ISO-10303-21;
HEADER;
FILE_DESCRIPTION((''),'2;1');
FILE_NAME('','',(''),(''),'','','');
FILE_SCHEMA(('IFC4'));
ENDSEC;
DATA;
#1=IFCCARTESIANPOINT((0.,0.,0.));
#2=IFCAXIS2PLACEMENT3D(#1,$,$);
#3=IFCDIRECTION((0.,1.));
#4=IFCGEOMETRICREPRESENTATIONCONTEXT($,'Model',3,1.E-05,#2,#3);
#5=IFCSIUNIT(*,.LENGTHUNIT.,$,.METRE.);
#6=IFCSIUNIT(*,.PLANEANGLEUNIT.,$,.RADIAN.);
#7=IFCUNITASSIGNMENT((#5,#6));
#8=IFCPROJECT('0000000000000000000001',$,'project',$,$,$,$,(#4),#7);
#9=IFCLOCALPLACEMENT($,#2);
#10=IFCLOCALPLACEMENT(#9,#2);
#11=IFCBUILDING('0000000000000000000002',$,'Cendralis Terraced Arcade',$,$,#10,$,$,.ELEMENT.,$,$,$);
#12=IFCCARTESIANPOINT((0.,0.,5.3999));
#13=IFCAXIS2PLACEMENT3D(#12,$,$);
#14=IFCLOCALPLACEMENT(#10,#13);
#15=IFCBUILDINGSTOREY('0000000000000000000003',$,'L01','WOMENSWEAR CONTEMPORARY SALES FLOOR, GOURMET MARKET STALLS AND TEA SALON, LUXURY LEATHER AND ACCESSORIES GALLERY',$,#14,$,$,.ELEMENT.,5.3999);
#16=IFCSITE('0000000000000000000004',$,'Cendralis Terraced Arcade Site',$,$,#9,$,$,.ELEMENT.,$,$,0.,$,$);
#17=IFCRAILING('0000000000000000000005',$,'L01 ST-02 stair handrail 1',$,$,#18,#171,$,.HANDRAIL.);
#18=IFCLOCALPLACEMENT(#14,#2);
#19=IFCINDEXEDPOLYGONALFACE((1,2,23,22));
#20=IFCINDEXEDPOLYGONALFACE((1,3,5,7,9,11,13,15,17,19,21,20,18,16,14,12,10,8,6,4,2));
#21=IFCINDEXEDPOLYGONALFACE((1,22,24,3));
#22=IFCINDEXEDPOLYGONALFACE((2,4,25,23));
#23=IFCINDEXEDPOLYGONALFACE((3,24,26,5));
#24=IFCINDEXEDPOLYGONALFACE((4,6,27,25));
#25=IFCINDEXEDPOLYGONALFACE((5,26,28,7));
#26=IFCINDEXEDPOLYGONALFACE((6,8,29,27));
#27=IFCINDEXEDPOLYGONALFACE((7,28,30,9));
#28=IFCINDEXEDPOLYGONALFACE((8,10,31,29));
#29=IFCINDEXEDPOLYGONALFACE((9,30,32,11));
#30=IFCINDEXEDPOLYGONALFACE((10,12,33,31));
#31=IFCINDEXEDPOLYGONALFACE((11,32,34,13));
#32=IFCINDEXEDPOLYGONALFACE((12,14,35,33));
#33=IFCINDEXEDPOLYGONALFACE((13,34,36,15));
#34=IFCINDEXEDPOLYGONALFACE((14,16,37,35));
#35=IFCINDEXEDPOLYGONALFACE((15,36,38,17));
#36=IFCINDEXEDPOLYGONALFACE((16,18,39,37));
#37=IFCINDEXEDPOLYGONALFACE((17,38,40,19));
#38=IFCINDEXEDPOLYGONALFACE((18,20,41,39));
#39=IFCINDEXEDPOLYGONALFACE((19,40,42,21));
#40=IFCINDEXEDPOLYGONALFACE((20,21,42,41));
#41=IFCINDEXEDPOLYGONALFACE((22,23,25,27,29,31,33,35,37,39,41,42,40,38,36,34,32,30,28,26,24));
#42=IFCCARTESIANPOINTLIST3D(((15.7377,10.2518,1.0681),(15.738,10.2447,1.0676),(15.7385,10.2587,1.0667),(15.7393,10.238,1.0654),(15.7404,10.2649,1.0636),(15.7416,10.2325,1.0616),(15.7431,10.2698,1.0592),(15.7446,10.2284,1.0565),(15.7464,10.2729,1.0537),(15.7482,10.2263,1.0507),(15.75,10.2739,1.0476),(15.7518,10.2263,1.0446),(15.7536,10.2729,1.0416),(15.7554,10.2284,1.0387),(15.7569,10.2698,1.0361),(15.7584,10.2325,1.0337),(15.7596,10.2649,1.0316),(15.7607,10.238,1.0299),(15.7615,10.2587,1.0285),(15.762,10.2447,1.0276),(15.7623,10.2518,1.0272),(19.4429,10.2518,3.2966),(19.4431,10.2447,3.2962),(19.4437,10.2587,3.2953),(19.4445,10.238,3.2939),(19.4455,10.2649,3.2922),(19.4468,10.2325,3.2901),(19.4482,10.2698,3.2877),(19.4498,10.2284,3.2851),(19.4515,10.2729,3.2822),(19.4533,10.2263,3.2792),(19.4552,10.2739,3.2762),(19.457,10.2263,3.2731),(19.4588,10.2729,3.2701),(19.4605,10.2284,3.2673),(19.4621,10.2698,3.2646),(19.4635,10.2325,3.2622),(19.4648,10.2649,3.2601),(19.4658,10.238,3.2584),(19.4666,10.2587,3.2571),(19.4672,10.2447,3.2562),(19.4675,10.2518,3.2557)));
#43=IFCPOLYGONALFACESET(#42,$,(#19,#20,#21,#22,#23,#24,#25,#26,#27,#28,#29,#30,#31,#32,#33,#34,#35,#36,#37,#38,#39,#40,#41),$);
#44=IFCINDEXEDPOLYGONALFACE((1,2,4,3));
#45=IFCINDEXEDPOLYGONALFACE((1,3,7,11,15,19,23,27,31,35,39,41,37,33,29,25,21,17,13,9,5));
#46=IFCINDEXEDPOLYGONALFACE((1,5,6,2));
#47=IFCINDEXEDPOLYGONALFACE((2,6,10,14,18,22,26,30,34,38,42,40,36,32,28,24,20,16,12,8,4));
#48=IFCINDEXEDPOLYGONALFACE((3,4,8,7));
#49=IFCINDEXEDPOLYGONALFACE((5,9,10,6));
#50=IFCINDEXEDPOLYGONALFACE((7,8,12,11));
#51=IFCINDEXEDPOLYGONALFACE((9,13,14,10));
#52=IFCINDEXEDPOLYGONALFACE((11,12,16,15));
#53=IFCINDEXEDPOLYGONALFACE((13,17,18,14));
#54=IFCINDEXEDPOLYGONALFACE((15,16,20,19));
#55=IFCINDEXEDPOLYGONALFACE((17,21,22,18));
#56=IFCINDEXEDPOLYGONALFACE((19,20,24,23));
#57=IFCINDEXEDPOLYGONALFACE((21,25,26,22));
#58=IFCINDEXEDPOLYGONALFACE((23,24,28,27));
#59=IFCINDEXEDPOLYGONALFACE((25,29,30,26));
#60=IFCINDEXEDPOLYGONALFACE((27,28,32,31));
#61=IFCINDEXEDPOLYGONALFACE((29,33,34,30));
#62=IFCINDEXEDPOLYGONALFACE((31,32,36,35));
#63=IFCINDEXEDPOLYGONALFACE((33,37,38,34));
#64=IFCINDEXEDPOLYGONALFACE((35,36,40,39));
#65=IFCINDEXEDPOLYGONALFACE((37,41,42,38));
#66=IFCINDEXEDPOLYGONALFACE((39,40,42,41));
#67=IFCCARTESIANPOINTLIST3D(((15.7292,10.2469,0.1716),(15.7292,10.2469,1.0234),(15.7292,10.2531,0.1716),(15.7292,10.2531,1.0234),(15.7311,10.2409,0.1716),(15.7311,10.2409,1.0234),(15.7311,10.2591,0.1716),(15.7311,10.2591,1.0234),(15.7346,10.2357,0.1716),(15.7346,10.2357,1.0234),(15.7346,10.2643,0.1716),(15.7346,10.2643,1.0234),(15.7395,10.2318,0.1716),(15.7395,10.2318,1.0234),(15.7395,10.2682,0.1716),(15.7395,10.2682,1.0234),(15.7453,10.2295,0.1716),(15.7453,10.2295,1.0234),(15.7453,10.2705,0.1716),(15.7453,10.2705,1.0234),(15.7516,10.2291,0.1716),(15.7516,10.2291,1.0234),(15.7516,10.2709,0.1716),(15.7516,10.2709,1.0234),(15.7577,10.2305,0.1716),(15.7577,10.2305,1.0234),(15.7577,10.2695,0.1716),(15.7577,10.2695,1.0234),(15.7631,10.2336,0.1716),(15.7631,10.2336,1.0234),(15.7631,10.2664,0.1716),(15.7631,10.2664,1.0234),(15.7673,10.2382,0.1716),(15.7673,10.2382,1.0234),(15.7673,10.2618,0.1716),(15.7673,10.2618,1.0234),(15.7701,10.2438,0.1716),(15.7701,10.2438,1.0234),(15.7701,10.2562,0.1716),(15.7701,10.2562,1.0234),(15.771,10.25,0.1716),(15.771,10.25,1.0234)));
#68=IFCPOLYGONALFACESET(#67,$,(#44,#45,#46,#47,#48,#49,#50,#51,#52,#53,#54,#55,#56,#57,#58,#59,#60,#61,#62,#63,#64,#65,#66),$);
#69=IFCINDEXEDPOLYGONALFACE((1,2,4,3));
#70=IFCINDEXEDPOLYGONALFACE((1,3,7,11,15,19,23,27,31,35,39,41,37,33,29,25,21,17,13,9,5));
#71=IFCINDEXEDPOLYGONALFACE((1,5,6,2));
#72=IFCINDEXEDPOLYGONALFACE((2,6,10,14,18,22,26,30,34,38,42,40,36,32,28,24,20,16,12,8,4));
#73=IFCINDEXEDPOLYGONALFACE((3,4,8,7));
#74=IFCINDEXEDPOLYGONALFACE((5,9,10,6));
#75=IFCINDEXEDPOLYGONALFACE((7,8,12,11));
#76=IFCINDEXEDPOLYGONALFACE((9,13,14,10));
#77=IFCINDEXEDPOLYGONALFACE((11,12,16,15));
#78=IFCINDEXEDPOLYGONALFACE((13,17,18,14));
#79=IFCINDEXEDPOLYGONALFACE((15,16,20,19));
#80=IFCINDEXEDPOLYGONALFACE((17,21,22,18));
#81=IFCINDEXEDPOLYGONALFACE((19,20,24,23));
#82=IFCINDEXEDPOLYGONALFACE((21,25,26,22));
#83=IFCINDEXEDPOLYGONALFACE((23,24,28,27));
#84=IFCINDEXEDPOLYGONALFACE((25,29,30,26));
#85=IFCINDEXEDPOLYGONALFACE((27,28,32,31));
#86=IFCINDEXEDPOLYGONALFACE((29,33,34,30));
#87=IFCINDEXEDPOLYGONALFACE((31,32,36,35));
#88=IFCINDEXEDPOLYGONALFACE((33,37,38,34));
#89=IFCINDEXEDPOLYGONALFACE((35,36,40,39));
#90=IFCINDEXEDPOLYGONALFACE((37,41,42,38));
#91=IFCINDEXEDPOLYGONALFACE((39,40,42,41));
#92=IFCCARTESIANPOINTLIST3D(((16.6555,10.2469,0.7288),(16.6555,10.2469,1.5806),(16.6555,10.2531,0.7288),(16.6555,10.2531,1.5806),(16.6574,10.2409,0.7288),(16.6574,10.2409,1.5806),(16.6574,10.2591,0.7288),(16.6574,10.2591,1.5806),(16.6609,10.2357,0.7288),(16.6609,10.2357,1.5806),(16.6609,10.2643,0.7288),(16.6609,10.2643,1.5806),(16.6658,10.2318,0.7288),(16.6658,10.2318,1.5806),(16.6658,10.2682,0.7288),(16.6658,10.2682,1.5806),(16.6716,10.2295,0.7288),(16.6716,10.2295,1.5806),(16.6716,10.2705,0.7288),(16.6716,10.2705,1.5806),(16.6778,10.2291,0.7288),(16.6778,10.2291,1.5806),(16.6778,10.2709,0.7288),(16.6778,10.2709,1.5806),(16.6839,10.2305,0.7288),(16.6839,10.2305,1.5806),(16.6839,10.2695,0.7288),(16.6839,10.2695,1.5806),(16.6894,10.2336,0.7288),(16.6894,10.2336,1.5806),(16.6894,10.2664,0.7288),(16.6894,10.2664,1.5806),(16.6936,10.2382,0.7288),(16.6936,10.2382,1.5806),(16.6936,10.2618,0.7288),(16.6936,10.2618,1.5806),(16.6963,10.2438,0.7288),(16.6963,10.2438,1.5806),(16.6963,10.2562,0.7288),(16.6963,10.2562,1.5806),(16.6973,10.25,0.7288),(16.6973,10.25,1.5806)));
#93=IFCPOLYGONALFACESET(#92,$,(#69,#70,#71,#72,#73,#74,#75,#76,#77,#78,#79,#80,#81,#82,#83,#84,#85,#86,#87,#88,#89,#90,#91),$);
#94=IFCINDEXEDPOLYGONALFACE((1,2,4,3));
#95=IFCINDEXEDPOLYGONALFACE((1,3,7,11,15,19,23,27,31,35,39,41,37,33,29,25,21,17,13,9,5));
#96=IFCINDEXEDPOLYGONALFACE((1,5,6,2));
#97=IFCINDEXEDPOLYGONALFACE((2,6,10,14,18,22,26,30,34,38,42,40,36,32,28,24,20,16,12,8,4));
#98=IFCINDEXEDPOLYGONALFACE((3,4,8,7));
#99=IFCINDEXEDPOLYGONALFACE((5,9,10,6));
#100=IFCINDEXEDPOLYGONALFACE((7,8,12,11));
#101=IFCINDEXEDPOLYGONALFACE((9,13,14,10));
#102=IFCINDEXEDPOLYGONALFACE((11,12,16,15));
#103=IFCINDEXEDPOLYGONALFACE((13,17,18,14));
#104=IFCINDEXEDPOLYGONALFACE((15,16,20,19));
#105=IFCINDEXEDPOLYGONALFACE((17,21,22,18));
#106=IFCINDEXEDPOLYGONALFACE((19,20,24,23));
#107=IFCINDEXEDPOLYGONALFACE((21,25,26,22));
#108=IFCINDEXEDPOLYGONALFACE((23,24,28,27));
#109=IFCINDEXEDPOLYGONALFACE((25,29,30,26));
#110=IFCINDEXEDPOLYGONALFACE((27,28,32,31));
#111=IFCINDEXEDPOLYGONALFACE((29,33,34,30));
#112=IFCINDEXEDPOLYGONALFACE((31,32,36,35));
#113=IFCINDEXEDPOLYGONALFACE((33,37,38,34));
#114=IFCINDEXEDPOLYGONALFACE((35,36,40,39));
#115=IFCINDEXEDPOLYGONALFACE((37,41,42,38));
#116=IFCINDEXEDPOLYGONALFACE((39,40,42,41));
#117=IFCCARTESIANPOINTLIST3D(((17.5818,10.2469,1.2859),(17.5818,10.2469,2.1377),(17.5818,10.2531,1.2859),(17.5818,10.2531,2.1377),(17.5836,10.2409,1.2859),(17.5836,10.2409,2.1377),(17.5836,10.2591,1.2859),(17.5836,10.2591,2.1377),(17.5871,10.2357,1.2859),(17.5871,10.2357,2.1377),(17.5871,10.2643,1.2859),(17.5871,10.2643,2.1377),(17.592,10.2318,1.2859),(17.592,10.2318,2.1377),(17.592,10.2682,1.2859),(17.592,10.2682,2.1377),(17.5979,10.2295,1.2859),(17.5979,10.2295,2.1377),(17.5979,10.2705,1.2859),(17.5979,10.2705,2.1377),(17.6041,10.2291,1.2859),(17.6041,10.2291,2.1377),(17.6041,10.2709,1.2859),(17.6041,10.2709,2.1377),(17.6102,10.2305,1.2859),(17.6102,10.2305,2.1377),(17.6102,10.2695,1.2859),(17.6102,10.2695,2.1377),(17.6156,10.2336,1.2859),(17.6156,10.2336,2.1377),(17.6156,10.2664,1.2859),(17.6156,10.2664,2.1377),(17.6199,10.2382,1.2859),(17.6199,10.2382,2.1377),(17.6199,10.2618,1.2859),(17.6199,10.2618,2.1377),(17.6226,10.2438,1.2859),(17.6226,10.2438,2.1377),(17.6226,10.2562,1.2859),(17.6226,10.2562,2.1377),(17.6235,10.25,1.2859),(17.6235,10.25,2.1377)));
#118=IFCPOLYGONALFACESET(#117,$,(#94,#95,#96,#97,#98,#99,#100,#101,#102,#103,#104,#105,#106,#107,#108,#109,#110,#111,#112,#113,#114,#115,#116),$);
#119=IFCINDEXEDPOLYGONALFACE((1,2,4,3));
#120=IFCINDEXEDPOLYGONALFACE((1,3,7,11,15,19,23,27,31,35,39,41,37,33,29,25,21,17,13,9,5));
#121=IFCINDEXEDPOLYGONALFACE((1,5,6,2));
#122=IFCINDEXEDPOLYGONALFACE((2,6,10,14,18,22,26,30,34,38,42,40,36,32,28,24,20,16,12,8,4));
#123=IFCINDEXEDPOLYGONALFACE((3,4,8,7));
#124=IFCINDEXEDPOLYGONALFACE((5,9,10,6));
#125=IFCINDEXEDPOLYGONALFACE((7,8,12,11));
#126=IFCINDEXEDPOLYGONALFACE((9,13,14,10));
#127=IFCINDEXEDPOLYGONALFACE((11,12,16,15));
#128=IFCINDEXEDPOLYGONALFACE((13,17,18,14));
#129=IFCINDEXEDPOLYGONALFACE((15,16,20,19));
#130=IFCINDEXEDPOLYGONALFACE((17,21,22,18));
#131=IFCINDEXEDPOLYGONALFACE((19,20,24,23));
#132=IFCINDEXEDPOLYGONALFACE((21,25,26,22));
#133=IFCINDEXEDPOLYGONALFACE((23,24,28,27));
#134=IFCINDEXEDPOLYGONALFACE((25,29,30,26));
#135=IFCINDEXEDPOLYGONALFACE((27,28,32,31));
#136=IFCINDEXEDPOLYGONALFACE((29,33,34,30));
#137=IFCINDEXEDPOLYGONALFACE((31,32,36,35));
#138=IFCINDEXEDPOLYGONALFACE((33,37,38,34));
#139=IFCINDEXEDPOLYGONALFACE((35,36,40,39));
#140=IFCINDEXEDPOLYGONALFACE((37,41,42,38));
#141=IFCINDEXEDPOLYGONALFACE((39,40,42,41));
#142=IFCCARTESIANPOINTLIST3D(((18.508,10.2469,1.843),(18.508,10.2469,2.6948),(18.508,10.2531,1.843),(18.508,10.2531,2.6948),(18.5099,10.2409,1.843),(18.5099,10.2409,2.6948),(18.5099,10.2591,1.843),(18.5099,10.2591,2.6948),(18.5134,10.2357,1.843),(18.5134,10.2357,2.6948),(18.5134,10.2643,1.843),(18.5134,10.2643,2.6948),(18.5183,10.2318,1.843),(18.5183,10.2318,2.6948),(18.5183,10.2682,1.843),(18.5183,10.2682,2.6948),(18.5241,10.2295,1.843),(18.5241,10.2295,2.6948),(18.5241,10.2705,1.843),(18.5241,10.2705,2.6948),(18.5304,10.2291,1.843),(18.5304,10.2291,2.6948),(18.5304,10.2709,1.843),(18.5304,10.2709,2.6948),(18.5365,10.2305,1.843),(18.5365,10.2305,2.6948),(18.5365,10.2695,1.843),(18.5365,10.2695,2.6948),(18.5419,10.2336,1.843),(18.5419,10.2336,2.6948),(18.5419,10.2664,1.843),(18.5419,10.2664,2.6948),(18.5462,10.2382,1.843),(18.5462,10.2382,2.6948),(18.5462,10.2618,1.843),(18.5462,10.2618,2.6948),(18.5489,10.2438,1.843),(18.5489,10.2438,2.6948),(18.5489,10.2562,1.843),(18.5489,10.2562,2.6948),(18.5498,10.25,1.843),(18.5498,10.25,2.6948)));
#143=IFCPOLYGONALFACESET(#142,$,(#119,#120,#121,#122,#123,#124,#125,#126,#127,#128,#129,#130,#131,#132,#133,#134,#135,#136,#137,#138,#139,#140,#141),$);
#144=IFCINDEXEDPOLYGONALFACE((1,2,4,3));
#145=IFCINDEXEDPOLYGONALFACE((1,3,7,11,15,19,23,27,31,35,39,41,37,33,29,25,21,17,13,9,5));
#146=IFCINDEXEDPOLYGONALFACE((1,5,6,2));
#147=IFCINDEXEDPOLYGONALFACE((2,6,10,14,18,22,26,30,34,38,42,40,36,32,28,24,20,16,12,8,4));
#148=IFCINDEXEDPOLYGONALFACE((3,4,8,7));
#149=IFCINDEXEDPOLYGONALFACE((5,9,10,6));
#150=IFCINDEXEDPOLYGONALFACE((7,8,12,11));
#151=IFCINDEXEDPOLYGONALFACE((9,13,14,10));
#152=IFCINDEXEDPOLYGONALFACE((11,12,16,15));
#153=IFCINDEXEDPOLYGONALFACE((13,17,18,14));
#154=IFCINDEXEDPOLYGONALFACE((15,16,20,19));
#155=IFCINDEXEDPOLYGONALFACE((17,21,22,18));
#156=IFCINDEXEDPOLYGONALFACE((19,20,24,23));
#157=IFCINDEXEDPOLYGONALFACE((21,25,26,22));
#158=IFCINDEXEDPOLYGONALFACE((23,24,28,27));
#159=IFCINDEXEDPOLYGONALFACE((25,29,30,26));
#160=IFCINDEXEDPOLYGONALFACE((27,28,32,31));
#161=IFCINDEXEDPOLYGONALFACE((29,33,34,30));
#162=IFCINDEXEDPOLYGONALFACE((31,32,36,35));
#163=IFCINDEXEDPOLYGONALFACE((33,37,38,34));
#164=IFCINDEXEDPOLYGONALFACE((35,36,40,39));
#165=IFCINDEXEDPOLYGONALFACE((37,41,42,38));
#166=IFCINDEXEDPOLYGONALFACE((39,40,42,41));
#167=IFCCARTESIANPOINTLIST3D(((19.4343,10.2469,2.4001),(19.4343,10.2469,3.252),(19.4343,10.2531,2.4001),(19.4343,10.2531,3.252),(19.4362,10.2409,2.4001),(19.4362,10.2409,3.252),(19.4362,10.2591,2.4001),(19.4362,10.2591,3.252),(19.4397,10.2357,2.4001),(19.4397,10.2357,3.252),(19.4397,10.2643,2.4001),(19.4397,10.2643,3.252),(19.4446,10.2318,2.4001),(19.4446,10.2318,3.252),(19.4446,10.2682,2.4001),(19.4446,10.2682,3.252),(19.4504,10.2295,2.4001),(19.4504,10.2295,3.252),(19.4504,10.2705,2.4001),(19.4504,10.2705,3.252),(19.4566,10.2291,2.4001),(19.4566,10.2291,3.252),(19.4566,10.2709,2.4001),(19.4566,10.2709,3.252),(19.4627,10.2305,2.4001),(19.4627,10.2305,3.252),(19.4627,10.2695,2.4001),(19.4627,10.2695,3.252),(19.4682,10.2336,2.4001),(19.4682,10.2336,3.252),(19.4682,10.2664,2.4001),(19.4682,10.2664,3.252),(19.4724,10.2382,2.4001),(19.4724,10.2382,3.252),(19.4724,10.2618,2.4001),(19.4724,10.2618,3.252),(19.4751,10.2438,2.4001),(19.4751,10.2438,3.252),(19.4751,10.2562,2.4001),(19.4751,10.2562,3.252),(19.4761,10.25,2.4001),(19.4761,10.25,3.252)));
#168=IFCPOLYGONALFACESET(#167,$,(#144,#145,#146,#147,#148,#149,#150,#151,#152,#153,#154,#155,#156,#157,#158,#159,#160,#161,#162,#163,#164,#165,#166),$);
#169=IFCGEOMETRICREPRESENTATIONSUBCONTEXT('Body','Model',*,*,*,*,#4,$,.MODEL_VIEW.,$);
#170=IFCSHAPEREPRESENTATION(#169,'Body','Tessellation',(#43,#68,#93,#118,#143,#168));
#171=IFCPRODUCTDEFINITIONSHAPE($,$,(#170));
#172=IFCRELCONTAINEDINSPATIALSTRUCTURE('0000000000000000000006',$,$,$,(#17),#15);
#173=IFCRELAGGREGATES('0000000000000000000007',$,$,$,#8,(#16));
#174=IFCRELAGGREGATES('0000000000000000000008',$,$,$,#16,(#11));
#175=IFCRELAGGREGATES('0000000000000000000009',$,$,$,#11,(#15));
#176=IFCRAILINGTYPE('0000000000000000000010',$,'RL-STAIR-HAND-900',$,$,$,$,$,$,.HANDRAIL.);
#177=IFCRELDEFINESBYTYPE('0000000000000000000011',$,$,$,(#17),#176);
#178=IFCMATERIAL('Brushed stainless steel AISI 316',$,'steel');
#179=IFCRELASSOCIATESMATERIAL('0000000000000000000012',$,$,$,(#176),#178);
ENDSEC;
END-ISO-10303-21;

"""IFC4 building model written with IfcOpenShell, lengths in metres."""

from ifc_helpers import new_model, si_unit, direction, frame, origin, origin_2d, place, context, subcontext, project, spatial, circle, extrude, material, type_object, element, save


model = new_model("IFC4")

# Units and contexts
model_context = context("Model", 3, precision=1e-05, world=origin(), true_north=direction((0.0, 1.0)))
body_context = subcontext(model_context, "Body", "Model", "MODEL_VIEW")
ifc_project = project(units=[si_unit("LENGTHUNIT", "METRE"), si_unit("PLANEANGLEUNIT", "RADIAN")], contexts=[model_context])

# Site, building, storey
site_placement = place(None, origin())
site = spatial("IfcSite", under=ifc_project, at=site_placement, Name="Cendralis Terraced Arcade Site", CompositionType="ELEMENT", RefElevation=0.0)
building_placement = place(site_placement, origin())
building = spatial("IfcBuilding", under=site, at=building_placement, Name="Cendralis Terraced Arcade", CompositionType="ELEMENT")
storey_placement = place(building_placement, frame((0.0, 0.0, 5.3999)))
storey = spatial("IfcBuildingStorey", under=building, at=storey_placement, Name="L01", Description="WOMENSWEAR CONTEMPORARY SALES FLOOR, GOURMET MARKET STALLS AND TEA SALON, LUXURY LEATHER AND ACCESSORIES GALLERY", CompositionType="ELEMENT", Elevation=5.3999)

# Railing
ifc_material_1 = material(Name="Brushed stainless steel AISI 316", Category="steel")
railing_type_1 = type_object("IfcRailingType", Name="RL-STAIR-HAND-900", PredefinedType="HANDRAIL", material=ifc_material_1)
railing_1_placement = place(storey_placement, frame((15.75, 10.25, 0.1716)))
element("IfcRailing", 1, at=railing_1_placement, inside=storey, type_object=railing_type_1, Name="L01 ST-02 stair handrail 1", PredefinedType="HANDRAIL", context=body_context, shape_type="SweptSolid", body=[
    extrude(circle(Radius=0.0239, at=origin_2d()), frame((0.0, 0.0, 0.876), z_axis=(0.856934, 0.0, 0.515425), x_axis=(0.0, 1.0, 0.0)), (0.0, 0.0, 1.0), 4.3237),
    extrude(circle(Radius=0.021, at=origin_2d()), origin(), (0.0, 0.0, 1.0), 0.8518),
    extrude(circle(Radius=0.021, at=origin_2d()), frame((0.9263, 0.0, 0.5571)), (0.0, 0.0, 1.0), 0.8518),
    extrude(circle(Radius=0.021, at=origin_2d()), frame((1.8525, 0.0, 1.1143)), (0.0, 0.0, 1.0), 0.8518),
    extrude(circle(Radius=0.021, at=origin_2d()), frame((2.7788, 0.0, 1.6714)), (0.0, 0.0, 1.0), 0.8518),
    extrude(circle(Radius=0.021, at=origin_2d()), frame((3.7051, 0.0, 2.2285)), (0.0, 0.0, 1.0), 0.8518),
])

save(model, "model.ifc")
